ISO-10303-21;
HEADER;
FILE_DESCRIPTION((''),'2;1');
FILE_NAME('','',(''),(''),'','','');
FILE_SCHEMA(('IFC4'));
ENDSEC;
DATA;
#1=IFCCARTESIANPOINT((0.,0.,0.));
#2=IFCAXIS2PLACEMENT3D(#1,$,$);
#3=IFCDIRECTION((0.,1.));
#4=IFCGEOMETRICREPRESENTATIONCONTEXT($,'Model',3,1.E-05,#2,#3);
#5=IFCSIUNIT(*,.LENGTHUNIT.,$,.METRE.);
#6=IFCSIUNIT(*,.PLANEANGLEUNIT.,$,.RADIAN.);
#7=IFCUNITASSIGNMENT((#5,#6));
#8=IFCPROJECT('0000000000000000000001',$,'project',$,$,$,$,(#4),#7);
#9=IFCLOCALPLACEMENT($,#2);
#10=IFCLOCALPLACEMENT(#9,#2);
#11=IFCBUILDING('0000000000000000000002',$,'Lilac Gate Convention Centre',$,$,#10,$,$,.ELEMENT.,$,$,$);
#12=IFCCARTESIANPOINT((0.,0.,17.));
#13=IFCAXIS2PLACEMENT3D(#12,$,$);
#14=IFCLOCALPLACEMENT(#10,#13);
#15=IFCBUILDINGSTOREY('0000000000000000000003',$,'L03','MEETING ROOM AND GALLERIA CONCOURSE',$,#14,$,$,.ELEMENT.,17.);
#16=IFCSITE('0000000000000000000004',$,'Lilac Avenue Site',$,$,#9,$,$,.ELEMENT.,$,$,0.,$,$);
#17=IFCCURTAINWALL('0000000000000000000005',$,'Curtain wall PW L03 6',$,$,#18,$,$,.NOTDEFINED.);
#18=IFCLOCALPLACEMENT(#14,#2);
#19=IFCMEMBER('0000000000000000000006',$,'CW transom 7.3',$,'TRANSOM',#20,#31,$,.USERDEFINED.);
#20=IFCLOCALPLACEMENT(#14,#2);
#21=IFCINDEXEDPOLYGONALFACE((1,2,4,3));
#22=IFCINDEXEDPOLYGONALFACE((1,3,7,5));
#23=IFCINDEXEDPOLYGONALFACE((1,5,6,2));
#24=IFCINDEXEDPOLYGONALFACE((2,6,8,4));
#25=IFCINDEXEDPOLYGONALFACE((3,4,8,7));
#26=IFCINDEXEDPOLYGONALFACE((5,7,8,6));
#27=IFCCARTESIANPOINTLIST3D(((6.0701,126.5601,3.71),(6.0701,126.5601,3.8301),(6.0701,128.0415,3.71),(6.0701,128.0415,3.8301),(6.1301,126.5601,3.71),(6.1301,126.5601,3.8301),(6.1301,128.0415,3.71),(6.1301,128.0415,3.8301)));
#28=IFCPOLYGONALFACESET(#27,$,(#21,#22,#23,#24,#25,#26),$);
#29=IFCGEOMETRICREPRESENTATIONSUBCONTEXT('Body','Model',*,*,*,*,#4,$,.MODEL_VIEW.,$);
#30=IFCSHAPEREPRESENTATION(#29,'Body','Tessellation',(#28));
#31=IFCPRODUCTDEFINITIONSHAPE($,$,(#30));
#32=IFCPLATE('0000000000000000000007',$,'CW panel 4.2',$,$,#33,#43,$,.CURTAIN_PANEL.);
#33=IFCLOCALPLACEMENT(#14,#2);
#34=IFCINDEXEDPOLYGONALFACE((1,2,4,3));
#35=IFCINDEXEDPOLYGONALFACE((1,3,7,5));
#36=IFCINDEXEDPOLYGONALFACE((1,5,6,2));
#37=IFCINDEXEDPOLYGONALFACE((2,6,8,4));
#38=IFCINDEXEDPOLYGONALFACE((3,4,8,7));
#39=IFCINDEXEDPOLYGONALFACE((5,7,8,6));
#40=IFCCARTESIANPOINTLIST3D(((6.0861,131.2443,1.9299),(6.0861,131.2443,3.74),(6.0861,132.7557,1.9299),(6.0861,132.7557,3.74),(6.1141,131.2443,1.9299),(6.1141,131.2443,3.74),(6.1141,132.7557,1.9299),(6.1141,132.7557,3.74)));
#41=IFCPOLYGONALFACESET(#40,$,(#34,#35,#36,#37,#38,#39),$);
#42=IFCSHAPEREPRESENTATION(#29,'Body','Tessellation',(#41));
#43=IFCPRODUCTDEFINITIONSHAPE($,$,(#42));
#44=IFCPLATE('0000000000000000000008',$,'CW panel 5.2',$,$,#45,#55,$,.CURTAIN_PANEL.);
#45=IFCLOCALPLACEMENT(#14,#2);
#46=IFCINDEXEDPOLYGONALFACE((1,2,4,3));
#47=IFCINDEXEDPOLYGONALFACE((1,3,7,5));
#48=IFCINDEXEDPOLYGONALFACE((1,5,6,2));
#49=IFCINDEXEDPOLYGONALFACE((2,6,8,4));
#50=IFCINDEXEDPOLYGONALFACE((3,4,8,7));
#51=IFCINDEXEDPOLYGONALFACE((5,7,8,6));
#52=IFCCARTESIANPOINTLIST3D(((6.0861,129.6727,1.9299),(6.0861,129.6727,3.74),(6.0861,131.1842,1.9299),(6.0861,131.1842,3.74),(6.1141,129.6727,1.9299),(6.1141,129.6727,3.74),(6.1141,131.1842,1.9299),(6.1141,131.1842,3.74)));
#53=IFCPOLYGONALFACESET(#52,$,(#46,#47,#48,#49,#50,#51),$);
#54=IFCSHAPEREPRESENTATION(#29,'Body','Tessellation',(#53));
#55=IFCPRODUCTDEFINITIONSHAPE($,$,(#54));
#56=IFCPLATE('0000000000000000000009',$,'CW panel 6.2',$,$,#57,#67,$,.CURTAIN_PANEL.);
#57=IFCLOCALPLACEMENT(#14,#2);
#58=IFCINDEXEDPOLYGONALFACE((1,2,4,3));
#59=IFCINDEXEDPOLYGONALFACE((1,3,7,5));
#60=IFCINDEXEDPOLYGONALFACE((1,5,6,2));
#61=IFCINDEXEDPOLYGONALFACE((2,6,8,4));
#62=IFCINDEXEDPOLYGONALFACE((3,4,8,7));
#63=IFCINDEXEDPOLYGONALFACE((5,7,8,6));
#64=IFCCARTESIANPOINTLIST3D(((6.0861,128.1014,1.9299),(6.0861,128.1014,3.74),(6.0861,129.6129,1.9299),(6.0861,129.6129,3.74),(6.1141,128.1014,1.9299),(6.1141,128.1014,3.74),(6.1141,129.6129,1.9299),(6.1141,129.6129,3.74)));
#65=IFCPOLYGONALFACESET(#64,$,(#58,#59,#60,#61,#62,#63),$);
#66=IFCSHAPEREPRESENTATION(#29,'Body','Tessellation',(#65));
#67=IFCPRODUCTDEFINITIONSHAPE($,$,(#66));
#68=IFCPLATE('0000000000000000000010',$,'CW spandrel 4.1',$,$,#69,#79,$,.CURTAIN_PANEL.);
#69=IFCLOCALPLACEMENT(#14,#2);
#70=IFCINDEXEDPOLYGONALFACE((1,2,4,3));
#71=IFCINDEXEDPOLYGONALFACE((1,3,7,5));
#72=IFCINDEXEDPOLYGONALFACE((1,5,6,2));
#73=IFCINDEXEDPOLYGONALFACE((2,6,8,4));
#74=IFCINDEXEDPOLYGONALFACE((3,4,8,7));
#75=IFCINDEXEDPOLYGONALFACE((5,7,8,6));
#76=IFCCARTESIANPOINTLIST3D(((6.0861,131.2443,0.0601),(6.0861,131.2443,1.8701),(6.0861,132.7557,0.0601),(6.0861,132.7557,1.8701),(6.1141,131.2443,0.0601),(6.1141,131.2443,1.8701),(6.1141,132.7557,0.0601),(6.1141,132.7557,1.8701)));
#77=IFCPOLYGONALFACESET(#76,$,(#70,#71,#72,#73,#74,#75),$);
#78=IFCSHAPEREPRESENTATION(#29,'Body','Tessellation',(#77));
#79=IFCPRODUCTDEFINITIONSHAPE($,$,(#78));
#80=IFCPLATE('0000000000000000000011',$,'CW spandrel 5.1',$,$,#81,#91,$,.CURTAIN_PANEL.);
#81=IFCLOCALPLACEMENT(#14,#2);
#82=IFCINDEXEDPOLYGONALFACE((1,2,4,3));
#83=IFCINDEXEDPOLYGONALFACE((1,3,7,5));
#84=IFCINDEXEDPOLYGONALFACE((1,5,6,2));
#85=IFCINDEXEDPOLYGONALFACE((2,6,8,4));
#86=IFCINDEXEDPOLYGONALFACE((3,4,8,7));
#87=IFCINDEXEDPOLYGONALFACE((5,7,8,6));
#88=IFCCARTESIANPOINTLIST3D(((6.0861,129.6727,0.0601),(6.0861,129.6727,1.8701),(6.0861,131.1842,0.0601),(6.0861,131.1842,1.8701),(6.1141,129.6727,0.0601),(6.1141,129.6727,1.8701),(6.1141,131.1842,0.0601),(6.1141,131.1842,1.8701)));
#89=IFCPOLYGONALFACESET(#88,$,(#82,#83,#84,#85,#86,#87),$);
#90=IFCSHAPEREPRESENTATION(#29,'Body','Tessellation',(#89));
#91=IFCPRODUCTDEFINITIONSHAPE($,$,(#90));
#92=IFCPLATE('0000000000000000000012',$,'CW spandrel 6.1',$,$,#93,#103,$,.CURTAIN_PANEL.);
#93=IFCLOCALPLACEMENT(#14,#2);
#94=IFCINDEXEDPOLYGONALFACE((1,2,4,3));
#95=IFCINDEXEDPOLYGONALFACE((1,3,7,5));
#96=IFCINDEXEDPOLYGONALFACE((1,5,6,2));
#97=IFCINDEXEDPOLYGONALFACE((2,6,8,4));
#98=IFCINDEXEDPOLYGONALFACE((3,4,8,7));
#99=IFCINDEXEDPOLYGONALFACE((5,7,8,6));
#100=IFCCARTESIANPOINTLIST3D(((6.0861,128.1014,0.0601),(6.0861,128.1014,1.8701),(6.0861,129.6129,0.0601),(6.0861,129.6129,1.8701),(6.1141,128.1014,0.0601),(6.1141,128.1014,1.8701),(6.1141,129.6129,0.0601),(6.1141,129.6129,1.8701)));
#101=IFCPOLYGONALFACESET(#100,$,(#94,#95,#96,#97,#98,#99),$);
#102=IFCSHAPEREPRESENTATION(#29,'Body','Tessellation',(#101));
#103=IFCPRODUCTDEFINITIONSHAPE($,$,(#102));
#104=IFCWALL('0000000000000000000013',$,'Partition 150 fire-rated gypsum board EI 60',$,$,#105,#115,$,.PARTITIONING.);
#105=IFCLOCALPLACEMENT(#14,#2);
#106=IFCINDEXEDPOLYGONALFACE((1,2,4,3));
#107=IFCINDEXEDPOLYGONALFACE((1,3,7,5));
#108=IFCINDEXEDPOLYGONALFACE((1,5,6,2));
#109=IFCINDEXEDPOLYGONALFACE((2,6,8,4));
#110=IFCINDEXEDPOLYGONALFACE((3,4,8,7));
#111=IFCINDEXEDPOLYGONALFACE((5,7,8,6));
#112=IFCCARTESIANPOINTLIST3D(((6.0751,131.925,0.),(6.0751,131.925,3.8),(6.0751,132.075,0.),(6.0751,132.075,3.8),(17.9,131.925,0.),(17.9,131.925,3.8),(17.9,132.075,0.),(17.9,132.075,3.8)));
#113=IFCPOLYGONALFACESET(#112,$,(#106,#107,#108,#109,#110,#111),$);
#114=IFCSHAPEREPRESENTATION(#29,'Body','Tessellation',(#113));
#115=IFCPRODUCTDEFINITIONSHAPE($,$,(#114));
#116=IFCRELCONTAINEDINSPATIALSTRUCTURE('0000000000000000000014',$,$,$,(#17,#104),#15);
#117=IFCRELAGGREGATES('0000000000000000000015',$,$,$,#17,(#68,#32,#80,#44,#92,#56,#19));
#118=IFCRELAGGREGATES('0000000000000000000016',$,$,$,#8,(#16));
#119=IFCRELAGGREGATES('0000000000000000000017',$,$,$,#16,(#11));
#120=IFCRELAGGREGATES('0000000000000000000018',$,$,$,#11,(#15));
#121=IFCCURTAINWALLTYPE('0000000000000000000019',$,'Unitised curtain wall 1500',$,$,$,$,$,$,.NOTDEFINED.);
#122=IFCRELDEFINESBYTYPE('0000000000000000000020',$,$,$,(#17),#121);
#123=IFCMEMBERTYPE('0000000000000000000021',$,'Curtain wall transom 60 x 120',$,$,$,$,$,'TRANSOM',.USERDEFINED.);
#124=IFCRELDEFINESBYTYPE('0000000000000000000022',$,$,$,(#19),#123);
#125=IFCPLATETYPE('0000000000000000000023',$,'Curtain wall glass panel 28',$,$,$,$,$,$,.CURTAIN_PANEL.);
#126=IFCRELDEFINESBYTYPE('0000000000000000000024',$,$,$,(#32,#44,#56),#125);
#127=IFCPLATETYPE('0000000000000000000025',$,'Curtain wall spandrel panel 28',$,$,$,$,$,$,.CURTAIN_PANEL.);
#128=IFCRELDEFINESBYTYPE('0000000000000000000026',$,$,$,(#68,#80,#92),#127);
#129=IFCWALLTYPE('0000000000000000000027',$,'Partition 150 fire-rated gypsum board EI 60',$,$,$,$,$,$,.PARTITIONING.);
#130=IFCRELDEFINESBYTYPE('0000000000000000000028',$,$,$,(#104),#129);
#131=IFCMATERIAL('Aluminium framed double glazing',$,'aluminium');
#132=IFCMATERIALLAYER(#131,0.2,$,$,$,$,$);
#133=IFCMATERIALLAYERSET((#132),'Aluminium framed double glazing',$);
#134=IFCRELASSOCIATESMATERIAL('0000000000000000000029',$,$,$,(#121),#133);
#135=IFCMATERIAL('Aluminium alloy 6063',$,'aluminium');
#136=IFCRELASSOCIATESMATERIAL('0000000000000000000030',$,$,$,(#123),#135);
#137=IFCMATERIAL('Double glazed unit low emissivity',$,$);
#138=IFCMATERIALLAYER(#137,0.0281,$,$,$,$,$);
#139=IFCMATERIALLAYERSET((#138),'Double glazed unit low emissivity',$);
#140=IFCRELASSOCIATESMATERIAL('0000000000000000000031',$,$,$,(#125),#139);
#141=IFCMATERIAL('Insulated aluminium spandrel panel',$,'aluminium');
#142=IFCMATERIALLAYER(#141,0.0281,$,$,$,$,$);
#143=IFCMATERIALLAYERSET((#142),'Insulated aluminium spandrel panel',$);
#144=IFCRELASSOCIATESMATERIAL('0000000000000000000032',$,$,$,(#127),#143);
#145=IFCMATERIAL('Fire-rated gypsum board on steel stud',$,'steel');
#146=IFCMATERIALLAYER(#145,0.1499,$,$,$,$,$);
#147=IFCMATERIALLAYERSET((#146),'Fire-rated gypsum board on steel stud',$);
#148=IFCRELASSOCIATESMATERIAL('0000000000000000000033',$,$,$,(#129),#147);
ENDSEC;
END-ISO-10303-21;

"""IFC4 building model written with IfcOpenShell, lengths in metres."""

from ifc_helpers import new_model, si_unit, direction, frame, frame_2d, origin, origin_2d, place, context, subcontext, project, spatial, rectangle, extrude, material, layer, layer_set, material_profile, profile_set, type_object, element, aggregate, save


model = new_model("IFC4")

# Units and contexts
model_context = context("Model", 3, precision=1e-05, world=origin(), true_north=direction((0.0, 1.0)))
body_context = subcontext(model_context, "Body", "Model", "MODEL_VIEW")
ifc_project = project(units=[si_unit("LENGTHUNIT", "METRE"), si_unit("PLANEANGLEUNIT", "RADIAN")], contexts=[model_context])

# Site, building, storey
site_placement = place(None, origin())
site = spatial("IfcSite", under=ifc_project, at=site_placement, Name="Lilac Avenue Site", CompositionType="ELEMENT", RefElevation=0.0)
building_placement = place(site_placement, origin())
building = spatial("IfcBuilding", under=site, at=building_placement, Name="Lilac Gate Convention Centre", CompositionType="ELEMENT")
storey_placement = place(building_placement, frame((0.0, 0.0, 17.0)))
storey = spatial("IfcBuildingStorey", under=building, at=storey_placement, Name="L03", Description="MEETING ROOM AND GALLERIA CONCOURSE", CompositionType="ELEMENT", Elevation=17.0)

# Curtain wall, member, plates
ifc_material_1 = material(Name="Aluminium framed double glazing", Category="aluminium")
ifc_layer_1 = layer(ifc_material_1, 0.2)
ifc_layer_set_1 = layer_set([ifc_layer_1], Name="Aluminium framed double glazing")
curtain_wall_type = type_object("IfcCurtainWallType", Name="Unitised curtain wall 1500", PredefinedType="NOTDEFINED", material=ifc_layer_set_1)
curtain_wall_placement = place(storey_placement, origin())
curtain_wall = element("IfcCurtainWall", 1, at=curtain_wall_placement, inside=storey, type_object=curtain_wall_type, Name="Curtain wall PW L03 6", PredefinedType="NOTDEFINED")
ifc_material_2 = material(Name="Aluminium alloy 6063", Category="aluminium")
ifc_material_profile_1 = material_profile(ifc_material_2, rectangle(XDim=0.0601, YDim=0.1201, at=origin_2d()), Name="Curtain wall transom 60 x 120")
ifc_profile_set_1 = profile_set([ifc_material_profile_1], Name="Aluminium alloy 6063")
member_type_1 = type_object("IfcMemberType", Name="Curtain wall transom 60 x 120", ElementType="TRANSOM", PredefinedType="USERDEFINED", material=ifc_profile_set_1)
member_1_placement = place(storey_placement, frame((6.1001, 128.0415, 3.77), z_axis=(0.0, -1.0, 0.0), x_axis=(1.0, 0.0, 0.0)))
member_1 = element("IfcMember", 2, at=member_1_placement, type_object=member_type_1, Name="CW transom 7.3", ObjectType="TRANSOM", PredefinedType="USERDEFINED", context=body_context, shape_type="SweptSolid", body=[
    extrude(rectangle(XDim=0.0601, YDim=0.1201, at=origin_2d()), origin(), (0.0, 0.0, 1.0), 1.4814),
])
ifc_material_3 = material(Name="Double glazed unit low emissivity")
ifc_layer_2 = layer(ifc_material_3, 0.0281)
ifc_layer_set_2 = layer_set([ifc_layer_2], Name="Double glazed unit low emissivity")
plate_type_1 = type_object("IfcPlateType", Name="Curtain wall glass panel 28", PredefinedType="CURTAIN_PANEL", material=ifc_layer_set_2)
plate_1_placement = place(storey_placement, frame((6.1001, 132.0, 1.9299), z_axis=(0.0, 0.0, 1.0), x_axis=(0.0, -1.0, 0.0)))
plate_1 = element("IfcPlate", 3, at=plate_1_placement, type_object=plate_type_1, Name="CW panel 4.2", PredefinedType="CURTAIN_PANEL", context=body_context, shape_type="SweptSolid", body=[
    extrude(rectangle(XDim=1.5115, YDim=0.0281, at=origin_2d()), origin(), (0.0, 0.0, 1.0), 1.8101),
])
plate_2_placement = place(storey_placement, frame((6.1001, 130.4285, 1.9299), z_axis=(0.0, 0.0, 1.0), x_axis=(0.0, -1.0, 0.0)))
plate_2 = element("IfcPlate", 4, at=plate_2_placement, type_object=plate_type_1, Name="CW panel 5.2", PredefinedType="CURTAIN_PANEL", context=body_context, shape_type="SweptSolid", body=[
    extrude(rectangle(XDim=1.5115, YDim=0.0281, at=origin_2d()), origin(), (0.0, 0.0, 1.0), 1.8101),
])
plate_3_placement = place(storey_placement, frame((6.1001, 128.8572, 1.9299), z_axis=(0.0, 0.0, 1.0), x_axis=(0.0, -1.0, 0.0)))
plate_3 = element("IfcPlate", 5, at=plate_3_placement, type_object=plate_type_1, Name="CW panel 6.2", PredefinedType="CURTAIN_PANEL", context=body_context, shape_type="SweptSolid", body=[
    extrude(rectangle(XDim=1.5115, YDim=0.0281, at=origin_2d()), origin(), (0.0, 0.0, 1.0), 1.8101),
])
ifc_material_4 = material(Name="Insulated aluminium spandrel panel", Category="aluminium")
ifc_layer_3 = layer(ifc_material_4, 0.0281)
ifc_layer_set_3 = layer_set([ifc_layer_3], Name="Insulated aluminium spandrel panel")
plate_type_2 = type_object("IfcPlateType", Name="Curtain wall spandrel panel 28", PredefinedType="CURTAIN_PANEL", material=ifc_layer_set_3)
plate_4_placement = place(storey_placement, frame((6.1001, 132.0, 0.0601), z_axis=(0.0, 0.0, 1.0), x_axis=(0.0, -1.0, 0.0)))
plate_4 = element("IfcPlate", 6, at=plate_4_placement, type_object=plate_type_2, Name="CW spandrel 4.1", PredefinedType="CURTAIN_PANEL", context=body_context, shape_type="SweptSolid", body=[
    extrude(rectangle(XDim=1.5115, YDim=0.0281, at=origin_2d()), origin(), (0.0, 0.0, 1.0), 1.8101),
])
plate_5_placement = place(storey_placement, frame((6.1001, 130.4285, 0.0601), z_axis=(0.0, 0.0, 1.0), x_axis=(0.0, -1.0, 0.0)))
plate_5 = element("IfcPlate", 7, at=plate_5_placement, type_object=plate_type_2, Name="CW spandrel 5.1", PredefinedType="CURTAIN_PANEL", context=body_context, shape_type="SweptSolid", body=[
    extrude(rectangle(XDim=1.5115, YDim=0.0281, at=origin_2d()), origin(), (0.0, 0.0, 1.0), 1.8101),
])
plate_6_placement = place(storey_placement, frame((6.1001, 128.8572, 0.0601), z_axis=(0.0, 0.0, 1.0), x_axis=(0.0, -1.0, 0.0)))
plate_6 = element("IfcPlate", 8, at=plate_6_placement, type_object=plate_type_2, Name="CW spandrel 6.1", PredefinedType="CURTAIN_PANEL", context=body_context, shape_type="SweptSolid", body=[
    extrude(rectangle(XDim=1.5115, YDim=0.0281, at=origin_2d()), origin(), (0.0, 0.0, 1.0), 1.8101),
])
aggregate(curtain_wall, [plate_4, plate_1, plate_5, plate_2, plate_6, plate_3, member_1])

# Wall
ifc_material_5 = material(Name="Fire-rated gypsum board on steel stud", Category="steel")
ifc_layer_4 = layer(ifc_material_5, 0.1499)
ifc_layer_set_4 = layer_set([ifc_layer_4], Name="Fire-rated gypsum board on steel stud")
wall_type = type_object("IfcWallType", Name="Partition 150 fire-rated gypsum board EI 60", PredefinedType="PARTITIONING", material=ifc_layer_set_4)
wall_placement = place(storey_placement, frame((6.075, 132.0, 0.0), z_axis=(0.0, 0.0, 1.0), x_axis=(1.0, 0.0, 0.0)))
element("IfcWall", 9, at=wall_placement, inside=storey, type_object=wall_type, Name="Partition 150 fire-rated gypsum board EI 60", PredefinedType="PARTITIONING", context=body_context, shape_type="SweptSolid", body=[
    extrude(rectangle(XDim=11.825, YDim=0.1499, at=frame_2d((5.9126, 0.0))), origin(), (0.0, 0.0, 1.0), 3.8),
])

save(model, "model.ifc")
